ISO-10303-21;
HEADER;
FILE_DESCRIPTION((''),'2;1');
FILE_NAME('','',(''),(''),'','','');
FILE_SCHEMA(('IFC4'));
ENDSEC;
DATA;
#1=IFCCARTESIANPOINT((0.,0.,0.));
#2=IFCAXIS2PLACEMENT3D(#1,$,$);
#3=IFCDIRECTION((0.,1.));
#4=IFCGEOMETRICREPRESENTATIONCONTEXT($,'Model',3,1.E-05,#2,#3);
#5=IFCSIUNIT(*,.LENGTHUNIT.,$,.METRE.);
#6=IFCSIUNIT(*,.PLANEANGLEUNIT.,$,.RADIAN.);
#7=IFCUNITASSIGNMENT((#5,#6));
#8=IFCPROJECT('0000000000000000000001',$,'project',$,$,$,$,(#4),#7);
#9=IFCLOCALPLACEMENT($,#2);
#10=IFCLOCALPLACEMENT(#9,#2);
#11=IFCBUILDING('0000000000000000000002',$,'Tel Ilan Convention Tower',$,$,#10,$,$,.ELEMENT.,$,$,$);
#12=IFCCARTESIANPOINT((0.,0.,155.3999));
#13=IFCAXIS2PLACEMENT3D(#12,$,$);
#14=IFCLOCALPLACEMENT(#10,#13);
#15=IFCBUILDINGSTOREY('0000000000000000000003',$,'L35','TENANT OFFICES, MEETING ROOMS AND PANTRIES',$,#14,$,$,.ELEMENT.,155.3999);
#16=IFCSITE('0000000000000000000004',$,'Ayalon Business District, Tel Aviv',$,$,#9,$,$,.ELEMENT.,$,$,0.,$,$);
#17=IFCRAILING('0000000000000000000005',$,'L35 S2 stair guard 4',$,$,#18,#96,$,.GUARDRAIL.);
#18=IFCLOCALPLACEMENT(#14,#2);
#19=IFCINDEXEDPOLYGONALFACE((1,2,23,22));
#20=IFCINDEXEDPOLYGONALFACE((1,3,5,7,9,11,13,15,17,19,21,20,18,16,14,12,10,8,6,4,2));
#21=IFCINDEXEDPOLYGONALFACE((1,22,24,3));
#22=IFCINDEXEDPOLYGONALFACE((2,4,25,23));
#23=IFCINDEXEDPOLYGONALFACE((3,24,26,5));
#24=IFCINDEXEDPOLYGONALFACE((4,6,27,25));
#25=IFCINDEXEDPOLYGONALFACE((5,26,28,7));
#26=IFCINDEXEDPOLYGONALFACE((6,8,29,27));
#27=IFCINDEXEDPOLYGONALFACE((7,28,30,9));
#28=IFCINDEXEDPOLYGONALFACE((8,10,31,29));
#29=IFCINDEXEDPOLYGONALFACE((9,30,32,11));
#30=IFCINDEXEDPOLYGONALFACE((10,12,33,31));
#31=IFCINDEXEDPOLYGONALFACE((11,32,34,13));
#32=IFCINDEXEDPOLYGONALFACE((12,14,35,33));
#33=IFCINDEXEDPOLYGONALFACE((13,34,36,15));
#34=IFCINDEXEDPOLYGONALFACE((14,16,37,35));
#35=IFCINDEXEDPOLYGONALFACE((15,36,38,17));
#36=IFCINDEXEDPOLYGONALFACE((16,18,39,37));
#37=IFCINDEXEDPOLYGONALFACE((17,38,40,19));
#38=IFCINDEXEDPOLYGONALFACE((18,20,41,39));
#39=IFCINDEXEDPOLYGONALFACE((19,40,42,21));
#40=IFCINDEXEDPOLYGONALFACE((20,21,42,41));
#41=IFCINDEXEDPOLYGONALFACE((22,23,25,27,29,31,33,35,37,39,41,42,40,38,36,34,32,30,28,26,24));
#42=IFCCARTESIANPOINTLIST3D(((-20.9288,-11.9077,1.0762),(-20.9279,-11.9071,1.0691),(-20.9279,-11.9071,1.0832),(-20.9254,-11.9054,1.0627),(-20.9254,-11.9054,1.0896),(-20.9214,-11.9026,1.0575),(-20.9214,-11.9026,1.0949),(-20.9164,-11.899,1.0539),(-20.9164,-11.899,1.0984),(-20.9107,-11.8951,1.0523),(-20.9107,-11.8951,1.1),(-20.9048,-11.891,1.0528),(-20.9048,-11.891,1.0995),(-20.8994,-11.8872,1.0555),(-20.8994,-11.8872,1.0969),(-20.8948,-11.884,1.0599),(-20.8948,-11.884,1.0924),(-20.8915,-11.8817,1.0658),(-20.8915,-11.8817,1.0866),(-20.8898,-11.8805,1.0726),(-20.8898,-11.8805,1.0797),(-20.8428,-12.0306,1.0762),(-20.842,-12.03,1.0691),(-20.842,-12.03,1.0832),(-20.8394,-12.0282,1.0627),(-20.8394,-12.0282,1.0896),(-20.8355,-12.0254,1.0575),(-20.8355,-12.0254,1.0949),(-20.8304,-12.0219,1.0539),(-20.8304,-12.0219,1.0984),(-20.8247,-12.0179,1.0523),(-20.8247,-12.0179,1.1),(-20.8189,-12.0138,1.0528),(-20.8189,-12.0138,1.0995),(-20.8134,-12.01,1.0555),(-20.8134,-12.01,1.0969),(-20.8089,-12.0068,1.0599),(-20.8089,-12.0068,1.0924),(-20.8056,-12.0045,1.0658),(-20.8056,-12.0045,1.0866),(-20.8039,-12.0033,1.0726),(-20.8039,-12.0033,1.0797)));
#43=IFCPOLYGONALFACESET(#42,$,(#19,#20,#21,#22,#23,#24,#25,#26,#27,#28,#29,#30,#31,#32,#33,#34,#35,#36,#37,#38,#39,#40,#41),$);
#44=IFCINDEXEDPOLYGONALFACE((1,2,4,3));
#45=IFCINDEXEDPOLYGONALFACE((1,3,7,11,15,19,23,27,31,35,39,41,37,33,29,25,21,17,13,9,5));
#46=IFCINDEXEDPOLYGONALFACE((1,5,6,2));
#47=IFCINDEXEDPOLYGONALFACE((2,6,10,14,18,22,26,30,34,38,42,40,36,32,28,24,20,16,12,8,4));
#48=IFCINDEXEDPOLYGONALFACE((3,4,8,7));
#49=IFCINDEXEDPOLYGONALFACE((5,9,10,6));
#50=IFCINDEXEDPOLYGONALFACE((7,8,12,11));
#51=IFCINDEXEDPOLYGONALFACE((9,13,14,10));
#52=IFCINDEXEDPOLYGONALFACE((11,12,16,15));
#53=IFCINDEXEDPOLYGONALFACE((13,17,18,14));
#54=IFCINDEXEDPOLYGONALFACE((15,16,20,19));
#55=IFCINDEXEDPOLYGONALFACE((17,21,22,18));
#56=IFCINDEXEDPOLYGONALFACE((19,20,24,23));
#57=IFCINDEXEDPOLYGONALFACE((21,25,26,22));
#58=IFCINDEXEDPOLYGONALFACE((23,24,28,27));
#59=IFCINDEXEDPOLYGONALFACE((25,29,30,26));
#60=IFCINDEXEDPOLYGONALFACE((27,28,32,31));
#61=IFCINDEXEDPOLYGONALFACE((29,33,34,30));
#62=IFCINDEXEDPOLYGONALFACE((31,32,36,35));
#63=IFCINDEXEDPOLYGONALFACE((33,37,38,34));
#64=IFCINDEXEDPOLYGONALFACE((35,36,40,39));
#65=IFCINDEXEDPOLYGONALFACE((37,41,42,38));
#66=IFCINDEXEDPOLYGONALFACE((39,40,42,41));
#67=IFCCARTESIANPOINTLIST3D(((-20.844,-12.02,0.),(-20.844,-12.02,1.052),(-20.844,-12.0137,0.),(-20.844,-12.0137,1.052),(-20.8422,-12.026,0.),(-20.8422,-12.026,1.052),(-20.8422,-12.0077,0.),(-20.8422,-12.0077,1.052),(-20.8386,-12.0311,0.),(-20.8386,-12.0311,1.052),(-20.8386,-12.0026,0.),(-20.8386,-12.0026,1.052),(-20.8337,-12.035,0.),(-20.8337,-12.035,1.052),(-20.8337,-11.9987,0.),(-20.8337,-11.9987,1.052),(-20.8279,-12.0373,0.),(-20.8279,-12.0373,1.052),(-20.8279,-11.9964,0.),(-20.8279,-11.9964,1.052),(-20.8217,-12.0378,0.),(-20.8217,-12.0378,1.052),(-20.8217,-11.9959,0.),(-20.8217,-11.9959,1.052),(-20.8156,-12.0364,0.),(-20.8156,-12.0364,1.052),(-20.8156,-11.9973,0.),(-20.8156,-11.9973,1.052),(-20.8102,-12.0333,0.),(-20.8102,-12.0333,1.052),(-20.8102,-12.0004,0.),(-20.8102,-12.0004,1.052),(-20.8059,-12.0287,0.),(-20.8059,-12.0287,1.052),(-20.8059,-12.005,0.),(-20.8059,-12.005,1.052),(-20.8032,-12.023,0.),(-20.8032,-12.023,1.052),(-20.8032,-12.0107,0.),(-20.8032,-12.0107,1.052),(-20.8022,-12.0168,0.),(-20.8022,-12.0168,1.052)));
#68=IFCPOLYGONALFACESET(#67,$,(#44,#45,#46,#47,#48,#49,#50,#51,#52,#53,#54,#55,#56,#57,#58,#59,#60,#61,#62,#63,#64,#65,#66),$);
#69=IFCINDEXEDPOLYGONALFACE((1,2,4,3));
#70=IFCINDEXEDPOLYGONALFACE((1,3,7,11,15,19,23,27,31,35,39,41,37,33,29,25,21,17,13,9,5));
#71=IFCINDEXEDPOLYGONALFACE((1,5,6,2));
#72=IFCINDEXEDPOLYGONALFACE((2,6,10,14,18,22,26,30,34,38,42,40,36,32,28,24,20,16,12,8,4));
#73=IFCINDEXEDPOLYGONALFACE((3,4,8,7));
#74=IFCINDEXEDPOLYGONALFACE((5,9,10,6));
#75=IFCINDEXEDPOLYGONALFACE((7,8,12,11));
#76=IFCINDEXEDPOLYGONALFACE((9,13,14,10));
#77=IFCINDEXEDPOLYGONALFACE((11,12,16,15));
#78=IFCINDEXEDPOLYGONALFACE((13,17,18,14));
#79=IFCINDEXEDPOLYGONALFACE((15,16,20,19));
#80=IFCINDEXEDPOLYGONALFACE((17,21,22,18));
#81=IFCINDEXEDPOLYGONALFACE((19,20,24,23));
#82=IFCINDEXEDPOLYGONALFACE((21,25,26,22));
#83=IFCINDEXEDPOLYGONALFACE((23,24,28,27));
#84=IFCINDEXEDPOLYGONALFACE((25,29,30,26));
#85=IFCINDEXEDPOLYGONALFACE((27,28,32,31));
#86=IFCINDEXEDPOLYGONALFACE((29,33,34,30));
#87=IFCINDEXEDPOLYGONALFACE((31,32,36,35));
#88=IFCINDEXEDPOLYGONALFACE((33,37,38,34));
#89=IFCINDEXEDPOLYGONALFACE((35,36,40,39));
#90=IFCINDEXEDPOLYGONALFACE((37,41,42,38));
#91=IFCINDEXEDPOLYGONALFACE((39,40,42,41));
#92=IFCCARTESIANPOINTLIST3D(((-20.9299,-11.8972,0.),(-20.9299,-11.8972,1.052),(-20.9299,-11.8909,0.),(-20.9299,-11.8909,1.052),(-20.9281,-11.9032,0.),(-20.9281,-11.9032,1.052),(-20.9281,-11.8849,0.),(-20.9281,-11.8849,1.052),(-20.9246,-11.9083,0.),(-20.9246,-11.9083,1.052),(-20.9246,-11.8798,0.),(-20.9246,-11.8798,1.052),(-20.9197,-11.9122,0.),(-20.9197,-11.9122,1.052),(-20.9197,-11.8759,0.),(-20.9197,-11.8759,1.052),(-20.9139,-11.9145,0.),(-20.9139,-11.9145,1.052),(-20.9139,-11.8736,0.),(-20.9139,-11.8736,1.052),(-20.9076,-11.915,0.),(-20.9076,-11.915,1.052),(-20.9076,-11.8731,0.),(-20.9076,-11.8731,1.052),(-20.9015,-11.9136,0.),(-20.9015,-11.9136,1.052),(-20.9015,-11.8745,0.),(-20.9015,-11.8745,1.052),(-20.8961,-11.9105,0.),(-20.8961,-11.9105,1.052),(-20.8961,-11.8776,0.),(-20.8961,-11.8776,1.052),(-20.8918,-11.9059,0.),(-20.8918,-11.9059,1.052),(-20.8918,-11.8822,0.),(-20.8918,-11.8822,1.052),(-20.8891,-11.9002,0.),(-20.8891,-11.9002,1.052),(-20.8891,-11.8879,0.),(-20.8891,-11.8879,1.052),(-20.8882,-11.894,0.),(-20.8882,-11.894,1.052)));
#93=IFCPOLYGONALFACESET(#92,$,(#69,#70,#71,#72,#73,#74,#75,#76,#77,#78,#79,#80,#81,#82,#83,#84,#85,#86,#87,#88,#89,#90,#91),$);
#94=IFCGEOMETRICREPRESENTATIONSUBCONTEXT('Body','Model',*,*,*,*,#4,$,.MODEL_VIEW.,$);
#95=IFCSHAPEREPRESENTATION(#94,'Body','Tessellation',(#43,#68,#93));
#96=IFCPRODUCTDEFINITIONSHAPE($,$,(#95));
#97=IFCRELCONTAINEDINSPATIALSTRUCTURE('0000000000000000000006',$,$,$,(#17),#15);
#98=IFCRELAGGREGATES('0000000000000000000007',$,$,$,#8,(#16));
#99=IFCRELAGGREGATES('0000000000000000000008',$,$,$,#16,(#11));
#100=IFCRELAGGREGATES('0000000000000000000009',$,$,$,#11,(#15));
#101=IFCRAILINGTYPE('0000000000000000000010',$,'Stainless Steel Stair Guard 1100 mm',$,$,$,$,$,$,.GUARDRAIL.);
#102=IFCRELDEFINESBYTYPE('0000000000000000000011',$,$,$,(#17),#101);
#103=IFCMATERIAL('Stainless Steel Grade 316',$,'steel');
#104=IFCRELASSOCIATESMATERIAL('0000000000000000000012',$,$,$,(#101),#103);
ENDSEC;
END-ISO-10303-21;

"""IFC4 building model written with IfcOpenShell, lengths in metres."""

from ifc_helpers import new_model, si_unit, direction, frame, origin, origin_2d, place, context, subcontext, project, spatial, circle, extrude, material, type_object, element, save


model = new_model("IFC4")

# Units and contexts
model_context = context("Model", 3, precision=1e-05, world=origin(), true_north=direction((0.0, 1.0)))
body_context = subcontext(model_context, "Body", "Model", "MODEL_VIEW")
ifc_project = project(units=[si_unit("LENGTHUNIT", "METRE"), si_unit("PLANEANGLEUNIT", "RADIAN")], contexts=[model_context])

# Site, building, storey
site_placement = place(None, origin())
site = spatial("IfcSite", under=ifc_project, at=site_placement, Name="Ayalon Business District, Tel Aviv", CompositionType="ELEMENT", RefElevation=0.0)
building_placement = place(site_placement, origin())
building = spatial("IfcBuilding", under=site, at=building_placement, Name="Tel Ilan Convention Tower", CompositionType="ELEMENT")
storey_placement = place(building_placement, frame((0.0, 0.0, 155.3999)))
storey = spatial("IfcBuildingStorey", under=building, at=storey_placement, Name="L35", Description="TENANT OFFICES, MEETING ROOMS AND PANTRIES", CompositionType="ELEMENT", Elevation=155.3999)

# Railing
ifc_material_1 = material(Name="Stainless Steel Grade 316", Category="steel")
railing_type_1 = type_object("IfcRailingType", Name="Stainless Steel Stair Guard 1100 mm", PredefinedType="GUARDRAIL", material=ifc_material_1)
railing_1_placement = place(storey_placement, frame((-20.8232, -12.0168, 0.0)))
element("IfcRailing", 1, at=railing_1_placement, inside=storey, type_object=railing_type_1, Name="L35 S2 stair guard 4", PredefinedType="GUARDRAIL", context=body_context, shape_type="SweptSolid", body=[
    extrude(circle(Radius=0.0239, at=origin_2d()), frame((0.0, 0.0, 1.0762), z_axis=(-0.573353, 0.819308, 0.0), x_axis=(-0.819308, -0.573353, 0.0)), (0.0, 0.0, 1.0), 0.1499),
    extrude(circle(Radius=0.021, at=origin_2d()), origin(), (0.0, 0.0, 1.0), 1.052),
    extrude(circle(Radius=0.021, at=origin_2d()), frame((-0.0859, 0.1228, 0.0)), (0.0, 0.0, 1.0), 1.052),
])

save(model, "model.ifc")
